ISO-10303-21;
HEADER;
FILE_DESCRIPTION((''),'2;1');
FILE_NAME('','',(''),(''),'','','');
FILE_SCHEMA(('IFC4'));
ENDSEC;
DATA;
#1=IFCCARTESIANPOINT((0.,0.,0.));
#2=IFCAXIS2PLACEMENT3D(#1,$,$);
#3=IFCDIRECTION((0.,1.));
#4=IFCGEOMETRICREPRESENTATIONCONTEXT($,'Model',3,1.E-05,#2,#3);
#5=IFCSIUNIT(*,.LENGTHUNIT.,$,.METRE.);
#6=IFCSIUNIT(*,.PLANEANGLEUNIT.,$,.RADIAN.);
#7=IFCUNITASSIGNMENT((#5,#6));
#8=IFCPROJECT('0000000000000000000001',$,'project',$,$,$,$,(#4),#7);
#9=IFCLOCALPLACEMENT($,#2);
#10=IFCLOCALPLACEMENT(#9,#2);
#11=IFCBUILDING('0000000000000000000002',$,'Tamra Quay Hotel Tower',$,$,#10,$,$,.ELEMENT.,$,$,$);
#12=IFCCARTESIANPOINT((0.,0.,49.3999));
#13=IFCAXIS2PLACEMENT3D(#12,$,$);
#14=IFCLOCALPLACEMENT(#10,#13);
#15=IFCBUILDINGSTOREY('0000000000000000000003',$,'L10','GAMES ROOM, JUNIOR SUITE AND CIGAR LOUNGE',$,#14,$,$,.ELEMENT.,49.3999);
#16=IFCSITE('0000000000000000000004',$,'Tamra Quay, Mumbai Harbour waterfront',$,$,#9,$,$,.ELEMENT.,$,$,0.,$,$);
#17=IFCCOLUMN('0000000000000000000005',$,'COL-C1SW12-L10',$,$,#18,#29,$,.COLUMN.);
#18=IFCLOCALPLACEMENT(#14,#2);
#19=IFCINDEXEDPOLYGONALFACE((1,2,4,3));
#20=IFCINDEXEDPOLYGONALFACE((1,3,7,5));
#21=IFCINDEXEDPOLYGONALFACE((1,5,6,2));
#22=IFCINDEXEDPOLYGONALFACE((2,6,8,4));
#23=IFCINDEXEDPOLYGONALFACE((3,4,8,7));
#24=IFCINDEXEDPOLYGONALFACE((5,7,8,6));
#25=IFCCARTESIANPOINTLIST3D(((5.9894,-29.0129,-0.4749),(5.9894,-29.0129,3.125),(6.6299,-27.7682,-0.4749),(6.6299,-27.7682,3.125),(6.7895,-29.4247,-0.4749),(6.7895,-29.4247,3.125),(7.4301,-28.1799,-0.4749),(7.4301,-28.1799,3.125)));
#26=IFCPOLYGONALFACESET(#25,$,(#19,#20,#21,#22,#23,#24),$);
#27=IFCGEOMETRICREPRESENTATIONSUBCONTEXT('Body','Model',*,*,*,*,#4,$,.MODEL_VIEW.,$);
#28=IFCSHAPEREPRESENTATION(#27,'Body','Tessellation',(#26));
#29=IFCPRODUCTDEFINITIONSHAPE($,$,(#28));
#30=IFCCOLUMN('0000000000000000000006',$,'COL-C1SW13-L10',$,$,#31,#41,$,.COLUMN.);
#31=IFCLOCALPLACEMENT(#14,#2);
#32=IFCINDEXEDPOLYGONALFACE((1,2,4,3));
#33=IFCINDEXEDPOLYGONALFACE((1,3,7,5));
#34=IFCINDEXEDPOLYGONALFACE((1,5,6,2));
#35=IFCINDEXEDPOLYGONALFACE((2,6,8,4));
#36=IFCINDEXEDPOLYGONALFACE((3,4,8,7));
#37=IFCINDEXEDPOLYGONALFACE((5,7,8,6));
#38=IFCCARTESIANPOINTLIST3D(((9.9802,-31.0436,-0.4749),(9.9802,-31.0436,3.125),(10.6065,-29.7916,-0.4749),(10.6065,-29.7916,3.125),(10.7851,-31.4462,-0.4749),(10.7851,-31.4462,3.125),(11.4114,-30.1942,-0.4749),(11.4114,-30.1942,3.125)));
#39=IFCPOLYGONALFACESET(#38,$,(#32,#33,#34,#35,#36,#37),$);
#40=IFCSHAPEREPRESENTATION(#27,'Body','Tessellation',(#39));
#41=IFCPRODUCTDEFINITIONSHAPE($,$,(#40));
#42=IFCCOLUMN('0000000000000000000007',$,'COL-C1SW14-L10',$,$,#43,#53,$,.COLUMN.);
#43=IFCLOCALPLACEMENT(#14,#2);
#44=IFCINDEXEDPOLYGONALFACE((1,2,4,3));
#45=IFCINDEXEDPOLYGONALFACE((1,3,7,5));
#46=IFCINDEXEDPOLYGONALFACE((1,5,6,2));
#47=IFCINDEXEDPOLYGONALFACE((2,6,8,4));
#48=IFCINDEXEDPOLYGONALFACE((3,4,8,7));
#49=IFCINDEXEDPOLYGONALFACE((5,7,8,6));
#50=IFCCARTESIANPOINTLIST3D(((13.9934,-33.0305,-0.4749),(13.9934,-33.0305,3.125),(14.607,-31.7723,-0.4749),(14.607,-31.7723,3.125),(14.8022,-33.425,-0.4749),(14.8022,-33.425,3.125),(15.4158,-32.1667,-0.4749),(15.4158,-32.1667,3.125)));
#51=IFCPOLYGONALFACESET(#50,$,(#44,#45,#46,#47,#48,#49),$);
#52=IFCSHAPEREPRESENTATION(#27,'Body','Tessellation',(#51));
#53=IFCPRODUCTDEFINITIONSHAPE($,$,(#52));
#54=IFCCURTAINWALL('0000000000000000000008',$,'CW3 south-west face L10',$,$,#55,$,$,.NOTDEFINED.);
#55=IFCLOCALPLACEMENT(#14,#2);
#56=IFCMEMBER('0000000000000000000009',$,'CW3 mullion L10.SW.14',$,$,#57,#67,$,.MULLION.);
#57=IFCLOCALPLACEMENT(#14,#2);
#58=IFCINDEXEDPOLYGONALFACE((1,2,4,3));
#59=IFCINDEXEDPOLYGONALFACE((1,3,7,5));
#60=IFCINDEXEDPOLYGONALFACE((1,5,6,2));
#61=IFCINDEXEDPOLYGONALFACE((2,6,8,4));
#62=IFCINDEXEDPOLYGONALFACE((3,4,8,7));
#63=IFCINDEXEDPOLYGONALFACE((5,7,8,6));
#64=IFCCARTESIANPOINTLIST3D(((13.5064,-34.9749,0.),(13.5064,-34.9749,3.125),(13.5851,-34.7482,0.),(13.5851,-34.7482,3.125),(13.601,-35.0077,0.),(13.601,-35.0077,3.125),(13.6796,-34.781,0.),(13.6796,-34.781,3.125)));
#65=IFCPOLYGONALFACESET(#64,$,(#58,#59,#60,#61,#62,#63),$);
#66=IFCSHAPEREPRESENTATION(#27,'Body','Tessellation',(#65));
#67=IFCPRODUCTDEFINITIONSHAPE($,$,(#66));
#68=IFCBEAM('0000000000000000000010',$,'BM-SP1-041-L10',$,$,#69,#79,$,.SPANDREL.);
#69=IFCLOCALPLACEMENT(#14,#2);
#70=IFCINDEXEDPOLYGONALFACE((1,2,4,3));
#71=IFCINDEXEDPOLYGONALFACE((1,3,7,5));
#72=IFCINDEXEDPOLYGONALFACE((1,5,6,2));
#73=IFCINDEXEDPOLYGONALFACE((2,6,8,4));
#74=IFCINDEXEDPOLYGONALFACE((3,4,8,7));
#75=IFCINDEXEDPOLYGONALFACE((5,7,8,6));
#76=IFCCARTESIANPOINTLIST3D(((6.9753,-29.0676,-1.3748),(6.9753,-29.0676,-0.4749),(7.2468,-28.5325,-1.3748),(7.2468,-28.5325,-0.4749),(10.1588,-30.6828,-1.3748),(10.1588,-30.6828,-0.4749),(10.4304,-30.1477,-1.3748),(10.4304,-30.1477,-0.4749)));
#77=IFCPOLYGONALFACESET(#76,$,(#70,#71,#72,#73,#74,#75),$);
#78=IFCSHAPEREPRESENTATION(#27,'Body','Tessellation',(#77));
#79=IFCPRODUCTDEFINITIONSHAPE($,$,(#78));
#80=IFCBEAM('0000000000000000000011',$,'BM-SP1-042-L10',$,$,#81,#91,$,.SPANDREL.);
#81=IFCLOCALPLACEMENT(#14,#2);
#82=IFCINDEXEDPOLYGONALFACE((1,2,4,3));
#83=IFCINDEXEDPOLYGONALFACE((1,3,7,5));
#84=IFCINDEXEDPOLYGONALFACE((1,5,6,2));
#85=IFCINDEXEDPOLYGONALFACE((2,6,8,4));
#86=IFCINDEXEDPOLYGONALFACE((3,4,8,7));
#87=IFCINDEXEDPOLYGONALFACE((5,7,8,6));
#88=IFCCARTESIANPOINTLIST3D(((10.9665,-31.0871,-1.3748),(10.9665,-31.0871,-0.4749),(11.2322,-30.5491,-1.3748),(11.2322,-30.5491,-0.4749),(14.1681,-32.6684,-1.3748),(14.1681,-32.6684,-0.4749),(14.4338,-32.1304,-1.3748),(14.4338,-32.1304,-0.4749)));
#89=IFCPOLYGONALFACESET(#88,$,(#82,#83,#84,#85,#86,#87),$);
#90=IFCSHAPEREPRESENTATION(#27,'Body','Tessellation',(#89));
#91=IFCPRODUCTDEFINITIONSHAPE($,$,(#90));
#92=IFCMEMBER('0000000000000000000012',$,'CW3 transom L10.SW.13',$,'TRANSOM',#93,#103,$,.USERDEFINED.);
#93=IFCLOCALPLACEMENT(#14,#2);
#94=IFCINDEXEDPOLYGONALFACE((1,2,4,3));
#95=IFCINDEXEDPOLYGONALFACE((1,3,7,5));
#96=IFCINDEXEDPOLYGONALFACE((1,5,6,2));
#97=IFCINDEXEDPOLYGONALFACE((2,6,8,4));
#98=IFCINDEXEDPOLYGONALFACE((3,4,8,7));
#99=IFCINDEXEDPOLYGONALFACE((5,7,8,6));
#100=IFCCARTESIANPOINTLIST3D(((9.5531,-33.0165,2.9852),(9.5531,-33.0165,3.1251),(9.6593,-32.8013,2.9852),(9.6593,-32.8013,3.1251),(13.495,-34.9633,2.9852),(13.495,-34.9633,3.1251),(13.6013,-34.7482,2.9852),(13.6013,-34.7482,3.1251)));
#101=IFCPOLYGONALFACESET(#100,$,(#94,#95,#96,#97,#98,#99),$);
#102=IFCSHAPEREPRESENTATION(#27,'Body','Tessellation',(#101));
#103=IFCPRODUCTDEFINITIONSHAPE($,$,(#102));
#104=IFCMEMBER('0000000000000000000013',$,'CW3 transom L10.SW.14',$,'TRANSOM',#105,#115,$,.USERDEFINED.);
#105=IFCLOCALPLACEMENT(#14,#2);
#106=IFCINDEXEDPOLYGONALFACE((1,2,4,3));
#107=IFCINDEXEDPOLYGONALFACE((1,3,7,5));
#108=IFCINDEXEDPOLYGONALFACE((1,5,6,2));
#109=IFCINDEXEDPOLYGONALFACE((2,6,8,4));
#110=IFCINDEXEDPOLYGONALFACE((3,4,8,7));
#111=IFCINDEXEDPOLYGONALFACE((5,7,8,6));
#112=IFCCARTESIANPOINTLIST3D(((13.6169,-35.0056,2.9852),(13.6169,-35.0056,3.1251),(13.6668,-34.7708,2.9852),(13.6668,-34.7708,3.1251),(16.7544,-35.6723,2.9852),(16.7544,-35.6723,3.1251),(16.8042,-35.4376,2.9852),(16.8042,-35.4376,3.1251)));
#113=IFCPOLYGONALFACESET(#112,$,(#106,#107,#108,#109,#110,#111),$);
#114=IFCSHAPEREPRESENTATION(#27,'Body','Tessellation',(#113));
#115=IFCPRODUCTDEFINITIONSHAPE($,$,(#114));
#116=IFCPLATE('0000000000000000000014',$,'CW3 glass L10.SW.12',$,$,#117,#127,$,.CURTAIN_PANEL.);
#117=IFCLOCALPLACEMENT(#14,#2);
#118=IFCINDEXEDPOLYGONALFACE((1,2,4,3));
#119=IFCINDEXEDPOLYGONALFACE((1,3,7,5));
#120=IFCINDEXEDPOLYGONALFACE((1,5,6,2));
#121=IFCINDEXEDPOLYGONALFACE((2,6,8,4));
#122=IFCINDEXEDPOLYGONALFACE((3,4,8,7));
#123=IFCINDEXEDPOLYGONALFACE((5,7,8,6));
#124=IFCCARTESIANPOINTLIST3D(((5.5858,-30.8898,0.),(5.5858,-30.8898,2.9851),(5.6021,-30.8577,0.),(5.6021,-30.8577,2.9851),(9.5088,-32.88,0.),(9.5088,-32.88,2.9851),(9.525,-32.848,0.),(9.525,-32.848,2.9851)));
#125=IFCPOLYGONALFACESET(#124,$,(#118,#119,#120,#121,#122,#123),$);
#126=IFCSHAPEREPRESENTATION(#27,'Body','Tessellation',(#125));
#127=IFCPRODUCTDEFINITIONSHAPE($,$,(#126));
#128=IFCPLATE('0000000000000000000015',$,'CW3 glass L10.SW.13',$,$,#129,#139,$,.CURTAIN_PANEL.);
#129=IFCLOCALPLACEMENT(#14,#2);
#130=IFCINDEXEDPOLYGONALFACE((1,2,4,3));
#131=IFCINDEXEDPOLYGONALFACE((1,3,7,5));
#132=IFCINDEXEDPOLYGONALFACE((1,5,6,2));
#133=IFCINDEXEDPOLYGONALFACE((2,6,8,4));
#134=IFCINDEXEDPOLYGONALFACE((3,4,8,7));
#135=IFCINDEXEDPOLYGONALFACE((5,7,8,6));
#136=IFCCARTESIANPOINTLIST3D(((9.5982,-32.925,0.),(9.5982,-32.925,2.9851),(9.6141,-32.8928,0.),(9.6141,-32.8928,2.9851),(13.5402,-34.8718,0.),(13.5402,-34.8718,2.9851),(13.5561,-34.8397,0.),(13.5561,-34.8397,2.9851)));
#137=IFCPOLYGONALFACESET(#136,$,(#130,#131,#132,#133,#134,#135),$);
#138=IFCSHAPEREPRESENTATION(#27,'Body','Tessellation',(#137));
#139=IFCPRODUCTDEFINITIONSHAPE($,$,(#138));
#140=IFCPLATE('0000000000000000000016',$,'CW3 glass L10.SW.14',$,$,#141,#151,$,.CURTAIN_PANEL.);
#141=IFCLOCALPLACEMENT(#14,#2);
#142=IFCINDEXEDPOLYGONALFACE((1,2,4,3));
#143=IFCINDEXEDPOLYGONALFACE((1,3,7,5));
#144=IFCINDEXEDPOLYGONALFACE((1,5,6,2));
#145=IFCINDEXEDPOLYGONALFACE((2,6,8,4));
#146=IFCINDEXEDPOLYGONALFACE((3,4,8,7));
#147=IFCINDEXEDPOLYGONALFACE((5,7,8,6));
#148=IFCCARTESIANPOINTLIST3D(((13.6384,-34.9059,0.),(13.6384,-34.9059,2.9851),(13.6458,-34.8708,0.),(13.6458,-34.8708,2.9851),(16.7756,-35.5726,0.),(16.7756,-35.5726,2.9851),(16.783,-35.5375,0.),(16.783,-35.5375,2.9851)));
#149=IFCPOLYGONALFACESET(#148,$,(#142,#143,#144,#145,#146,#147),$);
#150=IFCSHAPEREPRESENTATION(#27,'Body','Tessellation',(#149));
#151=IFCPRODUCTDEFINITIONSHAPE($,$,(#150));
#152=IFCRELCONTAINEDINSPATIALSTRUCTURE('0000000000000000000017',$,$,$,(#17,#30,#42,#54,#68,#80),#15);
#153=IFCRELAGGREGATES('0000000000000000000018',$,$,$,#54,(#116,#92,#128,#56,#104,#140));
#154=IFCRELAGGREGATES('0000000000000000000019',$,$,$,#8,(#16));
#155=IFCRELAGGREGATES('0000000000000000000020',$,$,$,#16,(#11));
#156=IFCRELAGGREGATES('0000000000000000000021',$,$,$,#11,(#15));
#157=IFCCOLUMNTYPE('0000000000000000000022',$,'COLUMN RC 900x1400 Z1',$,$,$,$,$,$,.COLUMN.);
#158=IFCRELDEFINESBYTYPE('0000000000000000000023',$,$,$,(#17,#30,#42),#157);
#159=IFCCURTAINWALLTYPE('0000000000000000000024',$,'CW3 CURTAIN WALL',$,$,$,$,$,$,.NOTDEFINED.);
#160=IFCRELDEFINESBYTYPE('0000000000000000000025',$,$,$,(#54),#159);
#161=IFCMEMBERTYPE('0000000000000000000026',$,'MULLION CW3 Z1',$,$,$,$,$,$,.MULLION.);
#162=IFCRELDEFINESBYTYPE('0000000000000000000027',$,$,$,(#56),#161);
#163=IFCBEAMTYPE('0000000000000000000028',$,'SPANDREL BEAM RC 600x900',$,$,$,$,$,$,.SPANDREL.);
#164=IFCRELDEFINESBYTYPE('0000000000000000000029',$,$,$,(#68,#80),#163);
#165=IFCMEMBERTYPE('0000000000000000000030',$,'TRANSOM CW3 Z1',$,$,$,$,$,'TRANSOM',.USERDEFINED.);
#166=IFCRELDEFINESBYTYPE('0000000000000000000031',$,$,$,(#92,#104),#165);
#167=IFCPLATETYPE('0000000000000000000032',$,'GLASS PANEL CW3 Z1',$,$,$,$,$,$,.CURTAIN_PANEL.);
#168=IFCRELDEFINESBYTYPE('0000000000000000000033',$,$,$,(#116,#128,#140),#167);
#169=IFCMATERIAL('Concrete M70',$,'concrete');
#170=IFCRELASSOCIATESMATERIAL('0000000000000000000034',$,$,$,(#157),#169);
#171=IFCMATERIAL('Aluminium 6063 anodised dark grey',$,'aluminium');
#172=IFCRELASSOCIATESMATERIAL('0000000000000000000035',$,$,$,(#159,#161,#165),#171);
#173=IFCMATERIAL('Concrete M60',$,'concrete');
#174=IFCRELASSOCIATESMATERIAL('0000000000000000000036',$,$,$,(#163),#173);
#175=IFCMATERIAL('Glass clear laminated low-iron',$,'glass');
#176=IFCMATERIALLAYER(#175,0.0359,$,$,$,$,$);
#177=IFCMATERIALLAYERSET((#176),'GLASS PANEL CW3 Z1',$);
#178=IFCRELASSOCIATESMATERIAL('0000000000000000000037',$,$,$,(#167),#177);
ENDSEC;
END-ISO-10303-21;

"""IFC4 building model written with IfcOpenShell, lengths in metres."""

from ifc_helpers import new_model, si_unit, direction, frame, origin, origin_2d, place, context, subcontext, project, spatial, rectangle, extrude, material, layer, layer_set, material_profile, profile_set, type_object, element, aggregate, save


model = new_model("IFC4")

# Units and contexts
model_context = context("Model", 3, precision=1e-05, world=origin(), true_north=direction((0.0, 1.0)))
body_context = subcontext(model_context, "Body", "Model", "MODEL_VIEW")
ifc_project = project(units=[si_unit("LENGTHUNIT", "METRE"), si_unit("PLANEANGLEUNIT", "RADIAN")], contexts=[model_context])

# Site, building, storey
site_placement = place(None, origin())
site = spatial("IfcSite", under=ifc_project, at=site_placement, Name="Tamra Quay, Mumbai Harbour waterfront", CompositionType="ELEMENT", RefElevation=0.0)
building_placement = place(site_placement, origin())
building = spatial("IfcBuilding", under=site, at=building_placement, Name="Tamra Quay Hotel Tower", CompositionType="ELEMENT")
storey_placement = place(building_placement, frame((0.0, 0.0, 49.3999)))
storey = spatial("IfcBuildingStorey", under=building, at=storey_placement, Name="L10", Description="GAMES ROOM, JUNIOR SUITE AND CIGAR LOUNGE", CompositionType="ELEMENT", Elevation=49.3999)

# Columns
ifc_material_1 = material(Name="Concrete M70", Category="concrete")
ifc_material_profile_1 = material_profile(ifc_material_1, rectangle(XDim=1.3999, YDim=0.8999, at=origin_2d()), Name="COLUMN RC 900x1400 Z1")
ifc_profile_set_1 = profile_set([ifc_material_profile_1], Name="Concrete M70")
column_type = type_object("IfcColumnType", Name="COLUMN RC 900x1400 Z1", PredefinedType="COLUMN", material=ifc_profile_set_1)
for number, where, z_axis, x_axis, name in (
    (1, (6.7097, -28.5964, -0.4749), (0.0, 0.0, 1.0), (0.457548, 0.889185, 0.0), "COL-C1SW12-L10"),
    (2, (10.6958, -30.6189, -0.4749), (0.0, 0.0, 1.0), (0.447377, 0.894346, 0.0), "COL-C1SW13-L10"),
    (3, (14.7046, -32.5986, -0.4749), (0.0, 0.0, 1.0), (0.438341, 0.898809, 0.0), "COL-C1SW14-L10"),
):
    element("IfcColumn", number, at=place(storey_placement, frame(where, z_axis=z_axis, x_axis=x_axis)), inside=storey, type_object=column_type, Name=name, PredefinedType="COLUMN", context=body_context, shape_type="SweptSolid", body=[
        extrude(rectangle(XDim=1.3999, YDim=0.8999, at=origin_2d()), origin(), (0.0, 0.0, 1.0), 3.5999),
    ])

# Curtain wall, member
ifc_material_2 = material(Name="Aluminium 6063 anodised dark grey", Category="aluminium")
curtain_wall_type = type_object("IfcCurtainWallType", Name="CW3 CURTAIN WALL", PredefinedType="NOTDEFINED", material=ifc_material_2)
curtain_wall_placement = place(storey_placement, origin())
curtain_wall = element("IfcCurtainWall", 4, at=curtain_wall_placement, inside=storey, type_object=curtain_wall_type, Name="CW3 south-west face L10", PredefinedType="NOTDEFINED")
ifc_material_profile_2 = material_profile(ifc_material_2, rectangle(XDim=0.24, YDim=0.1001, at=origin_2d()), Name="MULLION 100X240")
ifc_profile_set_2 = profile_set([ifc_material_profile_2], Name="Aluminium 6063 anodised dark grey")
member_type_1 = type_object("IfcMemberType", Name="MULLION CW3 Z1", PredefinedType="MULLION", material=ifc_profile_set_2)
member_1_placement = place(storey_placement, frame((13.593, -34.8779, 0.0), z_axis=(0.0, 0.0, 1.0), x_axis=(-0.327898, -0.944713, 0.0)))
member_1 = element("IfcMember", 5, at=member_1_placement, type_object=member_type_1, Name="CW3 mullion L10.SW.14", PredefinedType="MULLION", context=body_context, shape_type="SweptSolid", body=[
    extrude(rectangle(XDim=0.24, YDim=0.1001, at=origin_2d()), origin(), (0.0, 0.0, 1.0), 3.125),
])

# Beams
ifc_material_3 = material(Name="Concrete M60", Category="concrete")
ifc_material_profile_3 = material_profile(ifc_material_3, rectangle(XDim=0.6001, YDim=0.8999, at=origin_2d()), Name="SPANDREL BEAM RC 600x900")
ifc_profile_set_3 = profile_set([ifc_material_profile_3], Name="Concrete M60")
beam_type = type_object("IfcBeamType", Name="SPANDREL BEAM RC 600x900", PredefinedType="SPANDREL", material=ifc_profile_set_3)
beam_1_placement = place(storey_placement, frame((7.1111, -28.8, -0.9248), z_axis=(0.891786, -0.452458, 0.0), x_axis=(0.452458, 0.891786, 0.0)))
element("IfcBeam", 6, at=beam_1_placement, inside=storey, type_object=beam_type, Name="BM-SP1-041-L10", PredefinedType="SPANDREL", context=body_context, shape_type="SweptSolid", body=[
    extrude(rectangle(XDim=0.6001, YDim=0.8999, at=origin_2d()), origin(), (0.0, 0.0, 1.0), 3.5698),
])
beam_2_placement = place(storey_placement, frame((11.0994, -30.8181, -0.9248), z_axis=(0.896604, -0.442833, 0.0), x_axis=(0.442833, 0.896604, 0.0)))
element("IfcBeam", 7, at=beam_2_placement, inside=storey, type_object=beam_type, Name="BM-SP1-042-L10", PredefinedType="SPANDREL", context=body_context, shape_type="SweptSolid", body=[
    extrude(rectangle(XDim=0.6001, YDim=0.8999, at=origin_2d()), origin(), (0.0, 0.0, 1.0), 3.5708),
])

# Members
ifc_material_profile_4 = material_profile(ifc_material_2, rectangle(XDim=0.24, YDim=0.1399, at=origin_2d()), Name="TRANSOM 240X140")
ifc_profile_set_4 = profile_set([ifc_material_profile_4], Name="Aluminium 6063 anodised dark grey")
member_type_2 = type_object("IfcMemberType", Name="TRANSOM CW3 Z1", ElementType="TRANSOM", PredefinedType="USERDEFINED", material=ifc_profile_set_4)
member_2_placement = place(storey_placement, frame((9.6062, -32.9089, 3.0552), z_axis=(0.896615, -0.44281, 0.0), x_axis=(0.44281, 0.896615, 0.0)))
member_2 = element("IfcMember", 8, at=member_2_placement, type_object=member_type_2, Name="CW3 transom L10.SW.13", ObjectType="TRANSOM", PredefinedType="USERDEFINED", context=body_context, shape_type="SweptSolid", body=[
    extrude(rectangle(XDim=0.24, YDim=0.1399, at=origin_2d()), origin(), (0.0, 0.0, 1.0), 4.3965),
])
member_3_placement = place(storey_placement, frame((13.6418, -34.8882, 3.0552), z_axis=(0.978156, -0.207871, 0.0), x_axis=(0.207871, 0.978156, 0.0)))
member_3 = element("IfcMember", 9, at=member_3_placement, type_object=member_type_2, Name="CW3 transom L10.SW.14", ObjectType="TRANSOM", PredefinedType="USERDEFINED", context=body_context, shape_type="SweptSolid", body=[
    extrude(rectangle(XDim=0.24, YDim=0.1399, at=origin_2d()), origin(), (0.0, 0.0, 1.0), 3.2075),
])

# Plates
ifc_material_4 = material(Name="Glass clear laminated low-iron", Category="glass")
ifc_layer_1 = layer(ifc_material_4, 0.0359)
ifc_layer_set_1 = layer_set([ifc_layer_1], Name="GLASS PANEL CW3 Z1")
plate_type = type_object("IfcPlateType", Name="GLASS PANEL CW3 Z1", PredefinedType="CURTAIN_PANEL", material=ifc_layer_set_1)
plate_1_placement = place(storey_placement, frame((7.5554, -31.8689, 0.0), z_axis=(0.0, 0.0, 1.0), x_axis=(0.89179, -0.45245, 0.0)))
plate_1 = element("IfcPlate", 10, at=plate_1_placement, type_object=plate_type, Name="CW3 glass L10.SW.12", PredefinedType="CURTAIN_PANEL", context=body_context, shape_type="SweptSolid", body=[
    extrude(rectangle(XDim=4.3989, YDim=0.0359, at=origin_2d()), origin(), (0.0, 0.0, 1.0), 2.9851),
])
plate_2_placement = place(storey_placement, frame((11.5771, -33.8823, 0.0), z_axis=(0.0, 0.0, 1.0), x_axis=(0.896611, -0.442819, 0.0)))
plate_2 = element("IfcPlate", 11, at=plate_2_placement, type_object=plate_type, Name="CW3 glass L10.SW.13", PredefinedType="CURTAIN_PANEL", context=body_context, shape_type="SweptSolid", body=[
    extrude(rectangle(XDim=4.3965, YDim=0.0359, at=origin_2d()), origin(), (0.0, 0.0, 1.0), 2.9851),
])
plate_3_placement = place(storey_placement, frame((15.2107, -35.2217, 0.0), z_axis=(0.0, 0.0, 1.0), x_axis=(0.978153, -0.207887, 0.0)))
plate_3 = element("IfcPlate", 12, at=plate_3_placement, type_object=plate_type, Name="CW3 glass L10.SW.14", PredefinedType="CURTAIN_PANEL", context=body_context, shape_type="SweptSolid", body=[
    extrude(rectangle(XDim=3.2073, YDim=0.0359, at=origin_2d()), origin(), (0.0, 0.0, 1.0), 2.9851),
])
aggregate(curtain_wall, [plate_1, member_2, plate_2, member_1, member_3, plate_3])

save(model, "model.ifc")
